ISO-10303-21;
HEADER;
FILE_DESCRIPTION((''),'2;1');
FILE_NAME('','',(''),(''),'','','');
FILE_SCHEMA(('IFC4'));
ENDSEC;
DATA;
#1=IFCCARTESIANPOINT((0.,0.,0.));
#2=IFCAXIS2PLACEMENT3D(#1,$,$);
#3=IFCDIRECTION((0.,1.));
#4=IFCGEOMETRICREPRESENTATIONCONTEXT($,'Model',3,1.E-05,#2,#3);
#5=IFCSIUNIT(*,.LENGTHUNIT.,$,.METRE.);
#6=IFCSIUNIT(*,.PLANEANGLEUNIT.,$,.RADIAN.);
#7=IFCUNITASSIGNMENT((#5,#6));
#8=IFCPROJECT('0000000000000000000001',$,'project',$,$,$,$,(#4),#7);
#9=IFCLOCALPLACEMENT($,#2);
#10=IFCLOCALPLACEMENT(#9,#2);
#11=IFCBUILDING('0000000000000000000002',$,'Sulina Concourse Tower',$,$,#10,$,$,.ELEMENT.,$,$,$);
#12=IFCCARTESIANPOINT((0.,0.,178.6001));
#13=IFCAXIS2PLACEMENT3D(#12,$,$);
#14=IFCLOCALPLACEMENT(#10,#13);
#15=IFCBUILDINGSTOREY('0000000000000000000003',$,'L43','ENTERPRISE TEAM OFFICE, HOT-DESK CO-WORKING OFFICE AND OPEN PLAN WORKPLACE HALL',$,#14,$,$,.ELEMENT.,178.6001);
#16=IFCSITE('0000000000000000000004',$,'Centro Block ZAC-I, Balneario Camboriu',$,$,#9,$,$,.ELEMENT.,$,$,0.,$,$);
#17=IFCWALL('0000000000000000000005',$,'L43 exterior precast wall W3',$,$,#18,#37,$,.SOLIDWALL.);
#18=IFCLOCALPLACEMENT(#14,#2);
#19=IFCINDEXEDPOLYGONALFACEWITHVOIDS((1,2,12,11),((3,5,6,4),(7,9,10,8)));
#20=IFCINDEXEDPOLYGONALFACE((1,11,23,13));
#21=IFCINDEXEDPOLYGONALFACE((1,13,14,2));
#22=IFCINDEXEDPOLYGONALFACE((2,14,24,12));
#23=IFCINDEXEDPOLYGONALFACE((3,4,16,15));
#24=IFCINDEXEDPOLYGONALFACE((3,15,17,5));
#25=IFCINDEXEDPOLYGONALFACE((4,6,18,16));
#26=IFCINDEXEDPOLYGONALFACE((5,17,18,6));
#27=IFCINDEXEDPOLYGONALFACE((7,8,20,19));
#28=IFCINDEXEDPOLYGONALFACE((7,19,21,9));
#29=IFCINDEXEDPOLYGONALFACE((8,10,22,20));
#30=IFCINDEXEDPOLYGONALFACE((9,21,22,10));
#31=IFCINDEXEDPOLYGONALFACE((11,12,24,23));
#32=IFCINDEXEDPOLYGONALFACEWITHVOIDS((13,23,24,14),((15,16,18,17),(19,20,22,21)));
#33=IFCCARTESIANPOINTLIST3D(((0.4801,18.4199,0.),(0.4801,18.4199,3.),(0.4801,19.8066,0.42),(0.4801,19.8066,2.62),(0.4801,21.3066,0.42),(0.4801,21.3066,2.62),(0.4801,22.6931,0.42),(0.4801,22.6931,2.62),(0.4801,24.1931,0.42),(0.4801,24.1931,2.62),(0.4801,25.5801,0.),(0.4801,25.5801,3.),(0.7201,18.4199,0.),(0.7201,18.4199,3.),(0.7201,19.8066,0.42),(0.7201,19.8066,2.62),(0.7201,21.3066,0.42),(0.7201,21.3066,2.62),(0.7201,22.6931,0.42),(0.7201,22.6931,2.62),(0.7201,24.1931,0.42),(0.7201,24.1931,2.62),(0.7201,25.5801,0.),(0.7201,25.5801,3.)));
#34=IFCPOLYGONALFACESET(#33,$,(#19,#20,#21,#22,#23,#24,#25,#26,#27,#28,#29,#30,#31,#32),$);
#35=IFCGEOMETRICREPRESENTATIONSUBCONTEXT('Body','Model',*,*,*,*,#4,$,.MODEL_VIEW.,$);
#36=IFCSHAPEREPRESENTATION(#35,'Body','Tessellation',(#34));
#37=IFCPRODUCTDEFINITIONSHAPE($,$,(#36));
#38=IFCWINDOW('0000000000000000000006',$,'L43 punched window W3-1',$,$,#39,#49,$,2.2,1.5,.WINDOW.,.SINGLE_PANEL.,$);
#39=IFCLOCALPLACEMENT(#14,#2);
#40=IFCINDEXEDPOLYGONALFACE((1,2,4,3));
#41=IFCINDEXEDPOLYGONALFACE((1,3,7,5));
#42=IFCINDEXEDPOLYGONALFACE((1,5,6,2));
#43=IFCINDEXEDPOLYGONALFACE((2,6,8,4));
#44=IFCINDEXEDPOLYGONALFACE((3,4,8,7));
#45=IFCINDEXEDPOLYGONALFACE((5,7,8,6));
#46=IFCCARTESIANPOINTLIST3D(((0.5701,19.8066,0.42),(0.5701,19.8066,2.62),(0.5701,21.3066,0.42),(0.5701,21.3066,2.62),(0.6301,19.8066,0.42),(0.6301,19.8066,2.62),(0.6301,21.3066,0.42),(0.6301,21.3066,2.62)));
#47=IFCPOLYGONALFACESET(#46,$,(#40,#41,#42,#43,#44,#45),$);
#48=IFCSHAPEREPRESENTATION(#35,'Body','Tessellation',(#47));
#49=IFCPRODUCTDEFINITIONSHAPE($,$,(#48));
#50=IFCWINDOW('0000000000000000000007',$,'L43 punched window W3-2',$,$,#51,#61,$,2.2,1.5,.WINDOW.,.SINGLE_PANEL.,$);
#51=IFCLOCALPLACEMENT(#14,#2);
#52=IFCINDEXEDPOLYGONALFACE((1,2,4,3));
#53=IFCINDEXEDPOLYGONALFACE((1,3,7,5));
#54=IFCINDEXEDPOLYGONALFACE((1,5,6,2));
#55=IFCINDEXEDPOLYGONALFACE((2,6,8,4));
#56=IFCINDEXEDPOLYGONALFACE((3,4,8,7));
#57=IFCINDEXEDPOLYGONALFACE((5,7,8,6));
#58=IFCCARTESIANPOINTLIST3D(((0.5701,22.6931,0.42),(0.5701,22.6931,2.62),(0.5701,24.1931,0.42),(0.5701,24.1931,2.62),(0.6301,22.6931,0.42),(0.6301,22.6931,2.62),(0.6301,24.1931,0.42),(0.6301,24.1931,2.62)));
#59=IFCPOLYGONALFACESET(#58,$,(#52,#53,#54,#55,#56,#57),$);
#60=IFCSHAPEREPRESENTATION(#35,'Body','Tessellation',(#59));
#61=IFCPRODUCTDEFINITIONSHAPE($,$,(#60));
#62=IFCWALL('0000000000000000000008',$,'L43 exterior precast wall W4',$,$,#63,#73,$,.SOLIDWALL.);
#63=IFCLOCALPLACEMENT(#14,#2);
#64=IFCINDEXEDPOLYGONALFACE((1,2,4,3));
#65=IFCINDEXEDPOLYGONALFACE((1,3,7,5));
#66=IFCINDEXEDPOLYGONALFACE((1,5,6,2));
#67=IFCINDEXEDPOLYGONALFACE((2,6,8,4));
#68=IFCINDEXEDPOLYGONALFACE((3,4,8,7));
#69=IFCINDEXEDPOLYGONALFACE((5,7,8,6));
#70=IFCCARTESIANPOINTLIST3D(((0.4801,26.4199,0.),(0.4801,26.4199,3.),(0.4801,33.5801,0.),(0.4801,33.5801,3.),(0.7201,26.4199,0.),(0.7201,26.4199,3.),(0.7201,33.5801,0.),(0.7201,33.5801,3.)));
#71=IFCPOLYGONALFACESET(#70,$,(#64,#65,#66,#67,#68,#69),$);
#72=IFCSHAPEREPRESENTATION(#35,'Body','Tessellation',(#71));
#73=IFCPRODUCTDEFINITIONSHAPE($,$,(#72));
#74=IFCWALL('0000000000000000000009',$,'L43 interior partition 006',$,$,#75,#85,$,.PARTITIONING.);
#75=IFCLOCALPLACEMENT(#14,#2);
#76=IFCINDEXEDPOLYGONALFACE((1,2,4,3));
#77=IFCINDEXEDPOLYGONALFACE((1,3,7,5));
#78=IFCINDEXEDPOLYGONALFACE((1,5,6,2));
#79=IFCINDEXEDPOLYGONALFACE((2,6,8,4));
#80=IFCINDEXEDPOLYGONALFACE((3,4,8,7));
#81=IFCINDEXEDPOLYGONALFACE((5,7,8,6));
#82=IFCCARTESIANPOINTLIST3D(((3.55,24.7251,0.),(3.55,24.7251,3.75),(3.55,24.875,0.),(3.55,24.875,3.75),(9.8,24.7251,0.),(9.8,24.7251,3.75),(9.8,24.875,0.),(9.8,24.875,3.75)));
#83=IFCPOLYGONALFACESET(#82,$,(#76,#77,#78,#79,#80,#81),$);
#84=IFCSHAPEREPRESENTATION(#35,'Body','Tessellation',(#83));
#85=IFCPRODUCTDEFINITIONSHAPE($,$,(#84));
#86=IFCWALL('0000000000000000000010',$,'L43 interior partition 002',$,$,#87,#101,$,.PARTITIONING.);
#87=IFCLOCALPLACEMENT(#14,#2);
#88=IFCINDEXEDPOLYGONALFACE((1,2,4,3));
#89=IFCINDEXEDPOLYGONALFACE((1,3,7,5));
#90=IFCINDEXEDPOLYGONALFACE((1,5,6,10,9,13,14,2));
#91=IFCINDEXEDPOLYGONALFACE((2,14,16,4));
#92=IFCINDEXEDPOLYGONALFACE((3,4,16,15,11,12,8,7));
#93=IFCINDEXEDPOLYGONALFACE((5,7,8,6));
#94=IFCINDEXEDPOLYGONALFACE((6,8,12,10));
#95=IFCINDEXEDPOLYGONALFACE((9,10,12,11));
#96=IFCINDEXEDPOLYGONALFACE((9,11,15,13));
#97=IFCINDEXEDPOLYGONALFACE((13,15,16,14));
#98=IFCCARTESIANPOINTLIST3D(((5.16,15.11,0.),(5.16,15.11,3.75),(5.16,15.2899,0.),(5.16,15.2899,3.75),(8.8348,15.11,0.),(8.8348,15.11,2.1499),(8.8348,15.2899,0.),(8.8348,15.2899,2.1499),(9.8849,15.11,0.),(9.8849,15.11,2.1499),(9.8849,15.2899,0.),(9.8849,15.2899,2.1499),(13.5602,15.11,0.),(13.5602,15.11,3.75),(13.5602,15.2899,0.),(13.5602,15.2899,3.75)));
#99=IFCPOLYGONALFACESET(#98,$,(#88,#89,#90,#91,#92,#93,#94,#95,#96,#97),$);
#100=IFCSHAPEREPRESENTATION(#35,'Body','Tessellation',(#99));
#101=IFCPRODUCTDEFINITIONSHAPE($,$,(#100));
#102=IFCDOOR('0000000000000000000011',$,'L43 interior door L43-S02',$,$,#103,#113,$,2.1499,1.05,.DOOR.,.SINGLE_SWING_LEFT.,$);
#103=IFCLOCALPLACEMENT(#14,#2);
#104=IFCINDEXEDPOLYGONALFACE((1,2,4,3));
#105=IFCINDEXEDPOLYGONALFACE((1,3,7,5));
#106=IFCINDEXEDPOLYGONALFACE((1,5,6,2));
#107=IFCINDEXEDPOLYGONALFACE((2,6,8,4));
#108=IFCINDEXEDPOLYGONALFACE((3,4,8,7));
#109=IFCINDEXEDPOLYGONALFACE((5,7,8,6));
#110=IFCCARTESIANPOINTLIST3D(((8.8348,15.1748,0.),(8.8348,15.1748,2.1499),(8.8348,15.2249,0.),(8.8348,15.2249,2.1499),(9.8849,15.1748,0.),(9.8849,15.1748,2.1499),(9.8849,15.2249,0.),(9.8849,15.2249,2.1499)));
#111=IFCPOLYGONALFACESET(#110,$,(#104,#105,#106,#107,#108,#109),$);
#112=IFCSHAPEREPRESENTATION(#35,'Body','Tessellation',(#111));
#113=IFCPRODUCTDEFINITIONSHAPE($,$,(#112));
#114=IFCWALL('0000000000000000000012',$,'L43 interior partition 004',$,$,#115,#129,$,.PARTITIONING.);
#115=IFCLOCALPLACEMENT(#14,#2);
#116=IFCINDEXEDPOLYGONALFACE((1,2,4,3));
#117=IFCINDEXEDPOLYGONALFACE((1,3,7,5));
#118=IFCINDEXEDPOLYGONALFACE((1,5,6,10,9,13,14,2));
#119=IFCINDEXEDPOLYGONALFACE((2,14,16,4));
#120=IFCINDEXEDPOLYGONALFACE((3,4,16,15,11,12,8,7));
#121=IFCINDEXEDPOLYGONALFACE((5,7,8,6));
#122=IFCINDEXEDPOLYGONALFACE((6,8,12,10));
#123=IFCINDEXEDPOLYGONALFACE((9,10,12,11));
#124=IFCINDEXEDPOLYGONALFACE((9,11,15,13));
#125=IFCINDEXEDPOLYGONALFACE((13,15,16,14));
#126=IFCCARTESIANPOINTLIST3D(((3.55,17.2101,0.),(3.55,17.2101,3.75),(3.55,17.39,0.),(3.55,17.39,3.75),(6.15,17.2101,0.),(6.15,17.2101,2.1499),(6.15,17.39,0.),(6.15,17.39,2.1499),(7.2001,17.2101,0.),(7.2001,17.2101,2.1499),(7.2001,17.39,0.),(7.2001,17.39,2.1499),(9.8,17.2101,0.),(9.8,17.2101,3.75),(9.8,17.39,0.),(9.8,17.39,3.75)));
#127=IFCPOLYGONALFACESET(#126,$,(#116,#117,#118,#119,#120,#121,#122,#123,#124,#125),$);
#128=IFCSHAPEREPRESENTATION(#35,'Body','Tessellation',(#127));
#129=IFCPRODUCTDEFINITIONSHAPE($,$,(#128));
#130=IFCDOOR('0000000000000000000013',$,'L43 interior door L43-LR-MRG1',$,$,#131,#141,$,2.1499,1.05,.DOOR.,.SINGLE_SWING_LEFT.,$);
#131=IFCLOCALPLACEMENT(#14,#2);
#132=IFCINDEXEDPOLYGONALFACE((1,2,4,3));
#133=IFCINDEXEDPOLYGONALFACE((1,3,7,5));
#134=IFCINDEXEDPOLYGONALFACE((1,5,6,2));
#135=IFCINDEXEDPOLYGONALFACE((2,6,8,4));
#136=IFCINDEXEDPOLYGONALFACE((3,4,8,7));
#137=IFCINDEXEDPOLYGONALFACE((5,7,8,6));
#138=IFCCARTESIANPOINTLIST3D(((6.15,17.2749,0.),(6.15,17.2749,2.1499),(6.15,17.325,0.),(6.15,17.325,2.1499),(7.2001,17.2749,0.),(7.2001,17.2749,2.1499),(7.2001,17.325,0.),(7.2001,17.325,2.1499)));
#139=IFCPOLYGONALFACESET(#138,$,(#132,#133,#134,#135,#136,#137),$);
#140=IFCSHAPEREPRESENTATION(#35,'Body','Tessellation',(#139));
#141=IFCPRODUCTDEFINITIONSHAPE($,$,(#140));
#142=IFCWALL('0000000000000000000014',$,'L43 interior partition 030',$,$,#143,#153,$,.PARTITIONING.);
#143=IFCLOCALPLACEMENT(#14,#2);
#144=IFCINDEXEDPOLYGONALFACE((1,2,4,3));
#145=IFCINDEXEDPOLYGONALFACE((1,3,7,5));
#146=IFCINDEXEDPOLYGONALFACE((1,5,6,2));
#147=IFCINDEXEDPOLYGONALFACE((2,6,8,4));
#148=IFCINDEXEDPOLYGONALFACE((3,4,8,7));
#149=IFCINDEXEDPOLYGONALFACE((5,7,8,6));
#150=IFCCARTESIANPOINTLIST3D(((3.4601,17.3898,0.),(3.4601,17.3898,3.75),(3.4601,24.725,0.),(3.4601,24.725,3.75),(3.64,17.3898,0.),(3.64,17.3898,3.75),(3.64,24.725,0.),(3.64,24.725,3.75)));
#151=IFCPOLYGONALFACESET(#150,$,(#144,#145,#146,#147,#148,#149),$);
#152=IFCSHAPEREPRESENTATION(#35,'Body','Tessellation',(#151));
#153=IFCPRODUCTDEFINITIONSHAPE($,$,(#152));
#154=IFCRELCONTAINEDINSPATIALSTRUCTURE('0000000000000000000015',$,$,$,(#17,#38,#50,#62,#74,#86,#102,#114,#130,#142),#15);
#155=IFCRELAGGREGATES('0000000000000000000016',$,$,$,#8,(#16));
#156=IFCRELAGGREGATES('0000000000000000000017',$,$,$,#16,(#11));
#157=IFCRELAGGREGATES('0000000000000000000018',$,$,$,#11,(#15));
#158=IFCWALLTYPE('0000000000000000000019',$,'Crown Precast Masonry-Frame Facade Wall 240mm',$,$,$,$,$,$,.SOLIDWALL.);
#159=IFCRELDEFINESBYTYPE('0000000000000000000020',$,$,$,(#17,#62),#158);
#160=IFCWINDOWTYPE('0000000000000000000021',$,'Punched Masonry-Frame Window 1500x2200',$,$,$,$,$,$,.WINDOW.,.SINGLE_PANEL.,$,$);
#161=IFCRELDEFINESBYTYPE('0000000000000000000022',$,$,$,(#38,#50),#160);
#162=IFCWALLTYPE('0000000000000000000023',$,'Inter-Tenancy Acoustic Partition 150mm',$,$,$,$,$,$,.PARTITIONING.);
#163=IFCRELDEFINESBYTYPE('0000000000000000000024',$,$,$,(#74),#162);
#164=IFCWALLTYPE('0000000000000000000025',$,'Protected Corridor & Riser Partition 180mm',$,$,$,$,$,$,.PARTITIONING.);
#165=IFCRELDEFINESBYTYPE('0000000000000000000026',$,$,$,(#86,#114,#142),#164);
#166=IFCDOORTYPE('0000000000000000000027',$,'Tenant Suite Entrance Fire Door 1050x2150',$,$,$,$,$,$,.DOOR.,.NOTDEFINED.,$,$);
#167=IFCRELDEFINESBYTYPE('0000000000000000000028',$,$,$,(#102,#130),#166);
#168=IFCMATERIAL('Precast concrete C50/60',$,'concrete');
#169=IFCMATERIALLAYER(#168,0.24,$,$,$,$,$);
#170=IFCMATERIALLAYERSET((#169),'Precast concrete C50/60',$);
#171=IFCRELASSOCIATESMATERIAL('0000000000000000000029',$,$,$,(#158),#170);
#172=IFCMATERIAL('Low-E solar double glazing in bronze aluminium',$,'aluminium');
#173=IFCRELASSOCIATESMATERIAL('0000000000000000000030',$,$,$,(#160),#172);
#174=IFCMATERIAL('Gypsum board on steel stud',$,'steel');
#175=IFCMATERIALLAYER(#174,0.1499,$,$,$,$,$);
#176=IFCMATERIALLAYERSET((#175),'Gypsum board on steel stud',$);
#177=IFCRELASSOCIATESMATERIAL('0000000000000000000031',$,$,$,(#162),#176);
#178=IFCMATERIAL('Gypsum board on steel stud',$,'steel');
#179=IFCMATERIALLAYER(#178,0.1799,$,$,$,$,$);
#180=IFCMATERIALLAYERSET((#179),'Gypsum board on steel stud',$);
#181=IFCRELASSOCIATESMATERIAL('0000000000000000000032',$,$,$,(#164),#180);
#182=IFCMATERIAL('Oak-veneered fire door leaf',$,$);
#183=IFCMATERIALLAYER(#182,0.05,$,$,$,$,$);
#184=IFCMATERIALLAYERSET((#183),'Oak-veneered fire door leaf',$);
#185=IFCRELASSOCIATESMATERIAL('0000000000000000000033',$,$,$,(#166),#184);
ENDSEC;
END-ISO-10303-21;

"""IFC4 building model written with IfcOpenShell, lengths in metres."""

from ifc_helpers import new_model, si_unit, direction, frame, frame_2d, origin, place, context, subcontext, project, spatial, rectangle, extrude, material, layer, layer_set, type_object, element, fill, save


model = new_model("IFC4")

# Units and contexts
model_context = context("Model", 3, precision=1e-05, world=origin(), true_north=direction((0.0, 1.0)))
body_context = subcontext(model_context, "Body", "Model", "MODEL_VIEW")
ifc_project = project(units=[si_unit("LENGTHUNIT", "METRE"), si_unit("PLANEANGLEUNIT", "RADIAN")], contexts=[model_context])

# Site, building, storey
site_placement = place(None, origin())
site = spatial("IfcSite", under=ifc_project, at=site_placement, Name="Centro Block ZAC-I, Balneario Camboriu", CompositionType="ELEMENT", RefElevation=0.0)
building_placement = place(site_placement, origin())
building = spatial("IfcBuilding", under=site, at=building_placement, Name="Sulina Concourse Tower", CompositionType="ELEMENT")
storey_placement = place(building_placement, frame((0.0, 0.0, 178.6001)))
storey = spatial("IfcBuildingStorey", under=building, at=storey_placement, Name="L43", Description="ENTERPRISE TEAM OFFICE, HOT-DESK CO-WORKING OFFICE AND OPEN PLAN WORKPLACE HALL", CompositionType="ELEMENT", Elevation=178.6001)

# Wall, openings, windows
ifc_material_1 = material(Name="Precast concrete C50/60", Category="concrete")
ifc_layer_1 = layer(ifc_material_1, 0.24)
ifc_layer_set_1 = layer_set([ifc_layer_1], Name="Precast concrete C50/60")
wall_type_1 = type_object("IfcWallType", Name="Crown Precast Masonry-Frame Facade Wall 240mm", PredefinedType="SOLIDWALL", material=ifc_layer_set_1)
wall_1_placement = place(storey_placement, frame((0.6001, 18.4199, 0.0), z_axis=(0.0, 0.0, 1.0), x_axis=(0.0, 1.0, 0.0)))
wall_1 = element("IfcWall", 1, at=wall_1_placement, inside=storey, type_object=wall_type_1, Name="L43 exterior precast wall W3", PredefinedType="SOLIDWALL", context=body_context, shape_type="SweptSolid", body=[
    extrude(rectangle(XDim=7.1602, YDim=0.24, at=frame_2d((3.5801, 0.0))), origin(), (0.0, 0.0, 1.0), 3.0),
])
opening_1_placement = place(wall_1_placement, frame((1.3867, 0.0, 0.4199)))
opening_1 = element("IfcOpeningElement", 2, at=opening_1_placement, cuts=wall_1, PredefinedType="OPENING", context=body_context, shape_type="SweptSolid", body=[
    extrude(rectangle(XDim=1.5, YDim=2.2, at=frame_2d((0.75, 1.1001))), frame((0.0, 0.1299, 0.0), z_axis=(0.0, -1.0, 0.0), x_axis=(1.0, 0.0, 0.0)), (0.0, 0.0, 1.0), 0.26),
])
opening_2_placement = place(wall_1_placement, frame((4.2732, 0.0, 0.4199)))
opening_2 = element("IfcOpeningElement", 3, at=opening_2_placement, cuts=wall_1, PredefinedType="OPENING", context=body_context, shape_type="SweptSolid", body=[
    extrude(rectangle(XDim=1.5, YDim=2.2, at=frame_2d((0.75, 1.1001))), frame((0.0, 0.1299, 0.0), z_axis=(0.0, -1.0, 0.0), x_axis=(1.0, 0.0, 0.0)), (0.0, 0.0, 1.0), 0.26),
])
ifc_material_2 = material(Name="Low-E solar double glazing in bronze aluminium", Category="aluminium")
window_type = type_object("IfcWindowType", Name="Punched Masonry-Frame Window 1500x2200", PartitioningType="SINGLE_PANEL", PredefinedType="WINDOW", material=ifc_material_2)
window_1_placement = place(opening_1_placement, origin())
window_1 = element("IfcWindow", 4, at=window_1_placement, inside=storey, type_object=window_type, Name="L43 punched window W3-1", OverallHeight=2.2, OverallWidth=1.5, PartitioningType="SINGLE_PANEL", PredefinedType="WINDOW", context=body_context, shape_type="SweptSolid", body=[
    extrude(rectangle(XDim=1.5, YDim=2.2, at=frame_2d((0.75, 1.1001))), frame((0.0, 0.03, 0.0), z_axis=(0.0, -1.0, 0.0), x_axis=(1.0, 0.0, 0.0)), (0.0, 0.0, 1.0), 0.0601),
])
fill(opening_1, window_1)
window_2_placement = place(opening_2_placement, origin())
window_2 = element("IfcWindow", 5, at=window_2_placement, inside=storey, type_object=window_type, Name="L43 punched window W3-2", OverallHeight=2.2, OverallWidth=1.5, PartitioningType="SINGLE_PANEL", PredefinedType="WINDOW", context=body_context, shape_type="SweptSolid", body=[
    extrude(rectangle(XDim=1.5, YDim=2.2, at=frame_2d((0.75, 1.1001))), frame((0.0, 0.03, 0.0), z_axis=(0.0, -1.0, 0.0), x_axis=(1.0, 0.0, 0.0)), (0.0, 0.0, 1.0), 0.0601),
])
fill(opening_2, window_2)

# Walls
wall_2_placement = place(storey_placement, frame((0.6001, 26.4199, 0.0), z_axis=(0.0, 0.0, 1.0), x_axis=(0.0, 1.0, 0.0)))
element("IfcWall", 6, at=wall_2_placement, inside=storey, type_object=wall_type_1, Name="L43 exterior precast wall W4", PredefinedType="SOLIDWALL", context=body_context, shape_type="SweptSolid", body=[
    extrude(rectangle(XDim=7.1602, YDim=0.24, at=frame_2d((3.5801, 0.0))), origin(), (0.0, 0.0, 1.0), 3.0),
])
ifc_material_3 = material(Name="Gypsum board on steel stud", Category="steel")
ifc_layer_2 = layer(ifc_material_3, 0.1499)
ifc_layer_set_2 = layer_set([ifc_layer_2], Name="Gypsum board on steel stud")
wall_type_2 = type_object("IfcWallType", Name="Inter-Tenancy Acoustic Partition 150mm", PredefinedType="PARTITIONING", material=ifc_layer_set_2)
wall_3_placement = place(storey_placement, frame((3.55, 24.8, 0.0), z_axis=(0.0, 0.0, 1.0), x_axis=(1.0, 0.0, 0.0)))
element("IfcWall", 7, at=wall_3_placement, inside=storey, type_object=wall_type_2, Name="L43 interior partition 006", PredefinedType="PARTITIONING", context=body_context, shape_type="SweptSolid", body=[
    extrude(rectangle(XDim=6.25, YDim=0.1499, at=frame_2d((3.125, 0.0))), origin(), (0.0, 0.0, 1.0), 3.75),
])

# Walls, openings, doors
ifc_material_4 = material(Name="Gypsum board on steel stud", Category="steel")
ifc_layer_3 = layer(ifc_material_4, 0.1799)
ifc_layer_set_3 = layer_set([ifc_layer_3], Name="Gypsum board on steel stud")
wall_type_3 = type_object("IfcWallType", Name="Protected Corridor & Riser Partition 180mm", PredefinedType="PARTITIONING", material=ifc_layer_set_3)
wall_4_placement = place(storey_placement, frame((5.1599, 15.2, 0.0), z_axis=(0.0, 0.0, 1.0), x_axis=(1.0, 0.0, 0.0)))
wall_4 = element("IfcWall", 8, at=wall_4_placement, inside=storey, type_object=wall_type_3, Name="L43 interior partition 002", PredefinedType="PARTITIONING", context=body_context, shape_type="SweptSolid", body=[
    extrude(rectangle(XDim=8.4001, YDim=0.1799, at=frame_2d((4.2002, 0.0))), origin(), (0.0, 0.0, 1.0), 3.75),
])
opening_3_placement = place(wall_4_placement, frame((3.675, 0.0, 0.0)))
opening_3 = element("IfcOpeningElement", 9, at=opening_3_placement, cuts=wall_4, PredefinedType="OPENING", context=body_context, shape_type="SweptSolid", body=[
    extrude(rectangle(XDim=1.05, YDim=2.1499, at=frame_2d((0.5249, 1.075))), frame((0.0, 0.0999, 0.0), z_axis=(0.0, -1.0, 0.0), x_axis=(1.0, 0.0, 0.0)), (0.0, 0.0, 1.0), 0.2),
])
ifc_material_5 = material(Name="Oak-veneered fire door leaf")
ifc_layer_4 = layer(ifc_material_5, 0.05)
ifc_layer_set_4 = layer_set([ifc_layer_4], Name="Oak-veneered fire door leaf")
door_type_1 = type_object("IfcDoorType", Name="Tenant Suite Entrance Fire Door 1050x2150", OperationType="NOTDEFINED", PredefinedType="DOOR", material=ifc_layer_set_4)
door_1_placement = place(opening_3_placement, origin())
door_1 = element("IfcDoor", 10, at=door_1_placement, inside=storey, type_object=door_type_1, Name="L43 interior door L43-S02", OperationType="SINGLE_SWING_LEFT", OverallHeight=2.1499, OverallWidth=1.05, PredefinedType="DOOR", context=body_context, shape_type="SweptSolid", body=[
    extrude(rectangle(XDim=1.05, YDim=2.1499, at=frame_2d((0.5249, 1.075))), frame((0.0, 0.0249, 0.0), z_axis=(0.0, -1.0, 0.0), x_axis=(1.0, 0.0, 0.0)), (0.0, 0.0, 1.0), 0.05),
])
fill(opening_3, door_1)
wall_5_placement = place(storey_placement, frame((3.55, 17.3, 0.0), z_axis=(0.0, 0.0, 1.0), x_axis=(1.0, 0.0, 0.0)))
wall_5 = element("IfcWall", 11, at=wall_5_placement, inside=storey, type_object=wall_type_3, Name="L43 interior partition 004", PredefinedType="PARTITIONING", context=body_context, shape_type="SweptSolid", body=[
    extrude(rectangle(XDim=6.25, YDim=0.1799, at=frame_2d((3.125, 0.0))), origin(), (0.0, 0.0, 1.0), 3.75),
])
opening_4_placement = place(wall_5_placement, frame((2.6001, 0.0, 0.0)))
opening_4 = element("IfcOpeningElement", 12, at=opening_4_placement, cuts=wall_5, PredefinedType="OPENING", context=body_context, shape_type="SweptSolid", body=[
    extrude(rectangle(XDim=1.05, YDim=2.1499, at=frame_2d((0.5249, 1.075))), frame((0.0, 0.0999, 0.0), z_axis=(0.0, -1.0, 0.0), x_axis=(1.0, 0.0, 0.0)), (0.0, 0.0, 1.0), 0.2),
])
door_2_placement = place(opening_4_placement, origin())
door_2 = element("IfcDoor", 13, at=door_2_placement, inside=storey, type_object=door_type_1, Name="L43 interior door L43-LR-MRG1", OperationType="SINGLE_SWING_LEFT", OverallHeight=2.1499, OverallWidth=1.05, PredefinedType="DOOR", context=body_context, shape_type="SweptSolid", body=[
    extrude(rectangle(XDim=1.05, YDim=2.1499, at=frame_2d((0.5249, 1.075))), frame((0.0, 0.0249, 0.0), z_axis=(0.0, -1.0, 0.0), x_axis=(1.0, 0.0, 0.0)), (0.0, 0.0, 1.0), 0.05),
])
fill(opening_4, door_2)

# Wall
wall_6_placement = place(storey_placement, frame((3.55, 17.3899, 0.0), z_axis=(0.0, 0.0, 1.0), x_axis=(0.0, 1.0, 0.0)))
element("IfcWall", 14, at=wall_6_placement, inside=storey, type_object=wall_type_3, Name="L43 interior partition 030", PredefinedType="PARTITIONING", context=body_context, shape_type="SweptSolid", body=[
    extrude(rectangle(XDim=7.3352, YDim=0.1799, at=frame_2d((3.6675, 0.0))), origin(), (0.0, 0.0, 1.0), 3.75),
])

save(model, "model.ifc")
